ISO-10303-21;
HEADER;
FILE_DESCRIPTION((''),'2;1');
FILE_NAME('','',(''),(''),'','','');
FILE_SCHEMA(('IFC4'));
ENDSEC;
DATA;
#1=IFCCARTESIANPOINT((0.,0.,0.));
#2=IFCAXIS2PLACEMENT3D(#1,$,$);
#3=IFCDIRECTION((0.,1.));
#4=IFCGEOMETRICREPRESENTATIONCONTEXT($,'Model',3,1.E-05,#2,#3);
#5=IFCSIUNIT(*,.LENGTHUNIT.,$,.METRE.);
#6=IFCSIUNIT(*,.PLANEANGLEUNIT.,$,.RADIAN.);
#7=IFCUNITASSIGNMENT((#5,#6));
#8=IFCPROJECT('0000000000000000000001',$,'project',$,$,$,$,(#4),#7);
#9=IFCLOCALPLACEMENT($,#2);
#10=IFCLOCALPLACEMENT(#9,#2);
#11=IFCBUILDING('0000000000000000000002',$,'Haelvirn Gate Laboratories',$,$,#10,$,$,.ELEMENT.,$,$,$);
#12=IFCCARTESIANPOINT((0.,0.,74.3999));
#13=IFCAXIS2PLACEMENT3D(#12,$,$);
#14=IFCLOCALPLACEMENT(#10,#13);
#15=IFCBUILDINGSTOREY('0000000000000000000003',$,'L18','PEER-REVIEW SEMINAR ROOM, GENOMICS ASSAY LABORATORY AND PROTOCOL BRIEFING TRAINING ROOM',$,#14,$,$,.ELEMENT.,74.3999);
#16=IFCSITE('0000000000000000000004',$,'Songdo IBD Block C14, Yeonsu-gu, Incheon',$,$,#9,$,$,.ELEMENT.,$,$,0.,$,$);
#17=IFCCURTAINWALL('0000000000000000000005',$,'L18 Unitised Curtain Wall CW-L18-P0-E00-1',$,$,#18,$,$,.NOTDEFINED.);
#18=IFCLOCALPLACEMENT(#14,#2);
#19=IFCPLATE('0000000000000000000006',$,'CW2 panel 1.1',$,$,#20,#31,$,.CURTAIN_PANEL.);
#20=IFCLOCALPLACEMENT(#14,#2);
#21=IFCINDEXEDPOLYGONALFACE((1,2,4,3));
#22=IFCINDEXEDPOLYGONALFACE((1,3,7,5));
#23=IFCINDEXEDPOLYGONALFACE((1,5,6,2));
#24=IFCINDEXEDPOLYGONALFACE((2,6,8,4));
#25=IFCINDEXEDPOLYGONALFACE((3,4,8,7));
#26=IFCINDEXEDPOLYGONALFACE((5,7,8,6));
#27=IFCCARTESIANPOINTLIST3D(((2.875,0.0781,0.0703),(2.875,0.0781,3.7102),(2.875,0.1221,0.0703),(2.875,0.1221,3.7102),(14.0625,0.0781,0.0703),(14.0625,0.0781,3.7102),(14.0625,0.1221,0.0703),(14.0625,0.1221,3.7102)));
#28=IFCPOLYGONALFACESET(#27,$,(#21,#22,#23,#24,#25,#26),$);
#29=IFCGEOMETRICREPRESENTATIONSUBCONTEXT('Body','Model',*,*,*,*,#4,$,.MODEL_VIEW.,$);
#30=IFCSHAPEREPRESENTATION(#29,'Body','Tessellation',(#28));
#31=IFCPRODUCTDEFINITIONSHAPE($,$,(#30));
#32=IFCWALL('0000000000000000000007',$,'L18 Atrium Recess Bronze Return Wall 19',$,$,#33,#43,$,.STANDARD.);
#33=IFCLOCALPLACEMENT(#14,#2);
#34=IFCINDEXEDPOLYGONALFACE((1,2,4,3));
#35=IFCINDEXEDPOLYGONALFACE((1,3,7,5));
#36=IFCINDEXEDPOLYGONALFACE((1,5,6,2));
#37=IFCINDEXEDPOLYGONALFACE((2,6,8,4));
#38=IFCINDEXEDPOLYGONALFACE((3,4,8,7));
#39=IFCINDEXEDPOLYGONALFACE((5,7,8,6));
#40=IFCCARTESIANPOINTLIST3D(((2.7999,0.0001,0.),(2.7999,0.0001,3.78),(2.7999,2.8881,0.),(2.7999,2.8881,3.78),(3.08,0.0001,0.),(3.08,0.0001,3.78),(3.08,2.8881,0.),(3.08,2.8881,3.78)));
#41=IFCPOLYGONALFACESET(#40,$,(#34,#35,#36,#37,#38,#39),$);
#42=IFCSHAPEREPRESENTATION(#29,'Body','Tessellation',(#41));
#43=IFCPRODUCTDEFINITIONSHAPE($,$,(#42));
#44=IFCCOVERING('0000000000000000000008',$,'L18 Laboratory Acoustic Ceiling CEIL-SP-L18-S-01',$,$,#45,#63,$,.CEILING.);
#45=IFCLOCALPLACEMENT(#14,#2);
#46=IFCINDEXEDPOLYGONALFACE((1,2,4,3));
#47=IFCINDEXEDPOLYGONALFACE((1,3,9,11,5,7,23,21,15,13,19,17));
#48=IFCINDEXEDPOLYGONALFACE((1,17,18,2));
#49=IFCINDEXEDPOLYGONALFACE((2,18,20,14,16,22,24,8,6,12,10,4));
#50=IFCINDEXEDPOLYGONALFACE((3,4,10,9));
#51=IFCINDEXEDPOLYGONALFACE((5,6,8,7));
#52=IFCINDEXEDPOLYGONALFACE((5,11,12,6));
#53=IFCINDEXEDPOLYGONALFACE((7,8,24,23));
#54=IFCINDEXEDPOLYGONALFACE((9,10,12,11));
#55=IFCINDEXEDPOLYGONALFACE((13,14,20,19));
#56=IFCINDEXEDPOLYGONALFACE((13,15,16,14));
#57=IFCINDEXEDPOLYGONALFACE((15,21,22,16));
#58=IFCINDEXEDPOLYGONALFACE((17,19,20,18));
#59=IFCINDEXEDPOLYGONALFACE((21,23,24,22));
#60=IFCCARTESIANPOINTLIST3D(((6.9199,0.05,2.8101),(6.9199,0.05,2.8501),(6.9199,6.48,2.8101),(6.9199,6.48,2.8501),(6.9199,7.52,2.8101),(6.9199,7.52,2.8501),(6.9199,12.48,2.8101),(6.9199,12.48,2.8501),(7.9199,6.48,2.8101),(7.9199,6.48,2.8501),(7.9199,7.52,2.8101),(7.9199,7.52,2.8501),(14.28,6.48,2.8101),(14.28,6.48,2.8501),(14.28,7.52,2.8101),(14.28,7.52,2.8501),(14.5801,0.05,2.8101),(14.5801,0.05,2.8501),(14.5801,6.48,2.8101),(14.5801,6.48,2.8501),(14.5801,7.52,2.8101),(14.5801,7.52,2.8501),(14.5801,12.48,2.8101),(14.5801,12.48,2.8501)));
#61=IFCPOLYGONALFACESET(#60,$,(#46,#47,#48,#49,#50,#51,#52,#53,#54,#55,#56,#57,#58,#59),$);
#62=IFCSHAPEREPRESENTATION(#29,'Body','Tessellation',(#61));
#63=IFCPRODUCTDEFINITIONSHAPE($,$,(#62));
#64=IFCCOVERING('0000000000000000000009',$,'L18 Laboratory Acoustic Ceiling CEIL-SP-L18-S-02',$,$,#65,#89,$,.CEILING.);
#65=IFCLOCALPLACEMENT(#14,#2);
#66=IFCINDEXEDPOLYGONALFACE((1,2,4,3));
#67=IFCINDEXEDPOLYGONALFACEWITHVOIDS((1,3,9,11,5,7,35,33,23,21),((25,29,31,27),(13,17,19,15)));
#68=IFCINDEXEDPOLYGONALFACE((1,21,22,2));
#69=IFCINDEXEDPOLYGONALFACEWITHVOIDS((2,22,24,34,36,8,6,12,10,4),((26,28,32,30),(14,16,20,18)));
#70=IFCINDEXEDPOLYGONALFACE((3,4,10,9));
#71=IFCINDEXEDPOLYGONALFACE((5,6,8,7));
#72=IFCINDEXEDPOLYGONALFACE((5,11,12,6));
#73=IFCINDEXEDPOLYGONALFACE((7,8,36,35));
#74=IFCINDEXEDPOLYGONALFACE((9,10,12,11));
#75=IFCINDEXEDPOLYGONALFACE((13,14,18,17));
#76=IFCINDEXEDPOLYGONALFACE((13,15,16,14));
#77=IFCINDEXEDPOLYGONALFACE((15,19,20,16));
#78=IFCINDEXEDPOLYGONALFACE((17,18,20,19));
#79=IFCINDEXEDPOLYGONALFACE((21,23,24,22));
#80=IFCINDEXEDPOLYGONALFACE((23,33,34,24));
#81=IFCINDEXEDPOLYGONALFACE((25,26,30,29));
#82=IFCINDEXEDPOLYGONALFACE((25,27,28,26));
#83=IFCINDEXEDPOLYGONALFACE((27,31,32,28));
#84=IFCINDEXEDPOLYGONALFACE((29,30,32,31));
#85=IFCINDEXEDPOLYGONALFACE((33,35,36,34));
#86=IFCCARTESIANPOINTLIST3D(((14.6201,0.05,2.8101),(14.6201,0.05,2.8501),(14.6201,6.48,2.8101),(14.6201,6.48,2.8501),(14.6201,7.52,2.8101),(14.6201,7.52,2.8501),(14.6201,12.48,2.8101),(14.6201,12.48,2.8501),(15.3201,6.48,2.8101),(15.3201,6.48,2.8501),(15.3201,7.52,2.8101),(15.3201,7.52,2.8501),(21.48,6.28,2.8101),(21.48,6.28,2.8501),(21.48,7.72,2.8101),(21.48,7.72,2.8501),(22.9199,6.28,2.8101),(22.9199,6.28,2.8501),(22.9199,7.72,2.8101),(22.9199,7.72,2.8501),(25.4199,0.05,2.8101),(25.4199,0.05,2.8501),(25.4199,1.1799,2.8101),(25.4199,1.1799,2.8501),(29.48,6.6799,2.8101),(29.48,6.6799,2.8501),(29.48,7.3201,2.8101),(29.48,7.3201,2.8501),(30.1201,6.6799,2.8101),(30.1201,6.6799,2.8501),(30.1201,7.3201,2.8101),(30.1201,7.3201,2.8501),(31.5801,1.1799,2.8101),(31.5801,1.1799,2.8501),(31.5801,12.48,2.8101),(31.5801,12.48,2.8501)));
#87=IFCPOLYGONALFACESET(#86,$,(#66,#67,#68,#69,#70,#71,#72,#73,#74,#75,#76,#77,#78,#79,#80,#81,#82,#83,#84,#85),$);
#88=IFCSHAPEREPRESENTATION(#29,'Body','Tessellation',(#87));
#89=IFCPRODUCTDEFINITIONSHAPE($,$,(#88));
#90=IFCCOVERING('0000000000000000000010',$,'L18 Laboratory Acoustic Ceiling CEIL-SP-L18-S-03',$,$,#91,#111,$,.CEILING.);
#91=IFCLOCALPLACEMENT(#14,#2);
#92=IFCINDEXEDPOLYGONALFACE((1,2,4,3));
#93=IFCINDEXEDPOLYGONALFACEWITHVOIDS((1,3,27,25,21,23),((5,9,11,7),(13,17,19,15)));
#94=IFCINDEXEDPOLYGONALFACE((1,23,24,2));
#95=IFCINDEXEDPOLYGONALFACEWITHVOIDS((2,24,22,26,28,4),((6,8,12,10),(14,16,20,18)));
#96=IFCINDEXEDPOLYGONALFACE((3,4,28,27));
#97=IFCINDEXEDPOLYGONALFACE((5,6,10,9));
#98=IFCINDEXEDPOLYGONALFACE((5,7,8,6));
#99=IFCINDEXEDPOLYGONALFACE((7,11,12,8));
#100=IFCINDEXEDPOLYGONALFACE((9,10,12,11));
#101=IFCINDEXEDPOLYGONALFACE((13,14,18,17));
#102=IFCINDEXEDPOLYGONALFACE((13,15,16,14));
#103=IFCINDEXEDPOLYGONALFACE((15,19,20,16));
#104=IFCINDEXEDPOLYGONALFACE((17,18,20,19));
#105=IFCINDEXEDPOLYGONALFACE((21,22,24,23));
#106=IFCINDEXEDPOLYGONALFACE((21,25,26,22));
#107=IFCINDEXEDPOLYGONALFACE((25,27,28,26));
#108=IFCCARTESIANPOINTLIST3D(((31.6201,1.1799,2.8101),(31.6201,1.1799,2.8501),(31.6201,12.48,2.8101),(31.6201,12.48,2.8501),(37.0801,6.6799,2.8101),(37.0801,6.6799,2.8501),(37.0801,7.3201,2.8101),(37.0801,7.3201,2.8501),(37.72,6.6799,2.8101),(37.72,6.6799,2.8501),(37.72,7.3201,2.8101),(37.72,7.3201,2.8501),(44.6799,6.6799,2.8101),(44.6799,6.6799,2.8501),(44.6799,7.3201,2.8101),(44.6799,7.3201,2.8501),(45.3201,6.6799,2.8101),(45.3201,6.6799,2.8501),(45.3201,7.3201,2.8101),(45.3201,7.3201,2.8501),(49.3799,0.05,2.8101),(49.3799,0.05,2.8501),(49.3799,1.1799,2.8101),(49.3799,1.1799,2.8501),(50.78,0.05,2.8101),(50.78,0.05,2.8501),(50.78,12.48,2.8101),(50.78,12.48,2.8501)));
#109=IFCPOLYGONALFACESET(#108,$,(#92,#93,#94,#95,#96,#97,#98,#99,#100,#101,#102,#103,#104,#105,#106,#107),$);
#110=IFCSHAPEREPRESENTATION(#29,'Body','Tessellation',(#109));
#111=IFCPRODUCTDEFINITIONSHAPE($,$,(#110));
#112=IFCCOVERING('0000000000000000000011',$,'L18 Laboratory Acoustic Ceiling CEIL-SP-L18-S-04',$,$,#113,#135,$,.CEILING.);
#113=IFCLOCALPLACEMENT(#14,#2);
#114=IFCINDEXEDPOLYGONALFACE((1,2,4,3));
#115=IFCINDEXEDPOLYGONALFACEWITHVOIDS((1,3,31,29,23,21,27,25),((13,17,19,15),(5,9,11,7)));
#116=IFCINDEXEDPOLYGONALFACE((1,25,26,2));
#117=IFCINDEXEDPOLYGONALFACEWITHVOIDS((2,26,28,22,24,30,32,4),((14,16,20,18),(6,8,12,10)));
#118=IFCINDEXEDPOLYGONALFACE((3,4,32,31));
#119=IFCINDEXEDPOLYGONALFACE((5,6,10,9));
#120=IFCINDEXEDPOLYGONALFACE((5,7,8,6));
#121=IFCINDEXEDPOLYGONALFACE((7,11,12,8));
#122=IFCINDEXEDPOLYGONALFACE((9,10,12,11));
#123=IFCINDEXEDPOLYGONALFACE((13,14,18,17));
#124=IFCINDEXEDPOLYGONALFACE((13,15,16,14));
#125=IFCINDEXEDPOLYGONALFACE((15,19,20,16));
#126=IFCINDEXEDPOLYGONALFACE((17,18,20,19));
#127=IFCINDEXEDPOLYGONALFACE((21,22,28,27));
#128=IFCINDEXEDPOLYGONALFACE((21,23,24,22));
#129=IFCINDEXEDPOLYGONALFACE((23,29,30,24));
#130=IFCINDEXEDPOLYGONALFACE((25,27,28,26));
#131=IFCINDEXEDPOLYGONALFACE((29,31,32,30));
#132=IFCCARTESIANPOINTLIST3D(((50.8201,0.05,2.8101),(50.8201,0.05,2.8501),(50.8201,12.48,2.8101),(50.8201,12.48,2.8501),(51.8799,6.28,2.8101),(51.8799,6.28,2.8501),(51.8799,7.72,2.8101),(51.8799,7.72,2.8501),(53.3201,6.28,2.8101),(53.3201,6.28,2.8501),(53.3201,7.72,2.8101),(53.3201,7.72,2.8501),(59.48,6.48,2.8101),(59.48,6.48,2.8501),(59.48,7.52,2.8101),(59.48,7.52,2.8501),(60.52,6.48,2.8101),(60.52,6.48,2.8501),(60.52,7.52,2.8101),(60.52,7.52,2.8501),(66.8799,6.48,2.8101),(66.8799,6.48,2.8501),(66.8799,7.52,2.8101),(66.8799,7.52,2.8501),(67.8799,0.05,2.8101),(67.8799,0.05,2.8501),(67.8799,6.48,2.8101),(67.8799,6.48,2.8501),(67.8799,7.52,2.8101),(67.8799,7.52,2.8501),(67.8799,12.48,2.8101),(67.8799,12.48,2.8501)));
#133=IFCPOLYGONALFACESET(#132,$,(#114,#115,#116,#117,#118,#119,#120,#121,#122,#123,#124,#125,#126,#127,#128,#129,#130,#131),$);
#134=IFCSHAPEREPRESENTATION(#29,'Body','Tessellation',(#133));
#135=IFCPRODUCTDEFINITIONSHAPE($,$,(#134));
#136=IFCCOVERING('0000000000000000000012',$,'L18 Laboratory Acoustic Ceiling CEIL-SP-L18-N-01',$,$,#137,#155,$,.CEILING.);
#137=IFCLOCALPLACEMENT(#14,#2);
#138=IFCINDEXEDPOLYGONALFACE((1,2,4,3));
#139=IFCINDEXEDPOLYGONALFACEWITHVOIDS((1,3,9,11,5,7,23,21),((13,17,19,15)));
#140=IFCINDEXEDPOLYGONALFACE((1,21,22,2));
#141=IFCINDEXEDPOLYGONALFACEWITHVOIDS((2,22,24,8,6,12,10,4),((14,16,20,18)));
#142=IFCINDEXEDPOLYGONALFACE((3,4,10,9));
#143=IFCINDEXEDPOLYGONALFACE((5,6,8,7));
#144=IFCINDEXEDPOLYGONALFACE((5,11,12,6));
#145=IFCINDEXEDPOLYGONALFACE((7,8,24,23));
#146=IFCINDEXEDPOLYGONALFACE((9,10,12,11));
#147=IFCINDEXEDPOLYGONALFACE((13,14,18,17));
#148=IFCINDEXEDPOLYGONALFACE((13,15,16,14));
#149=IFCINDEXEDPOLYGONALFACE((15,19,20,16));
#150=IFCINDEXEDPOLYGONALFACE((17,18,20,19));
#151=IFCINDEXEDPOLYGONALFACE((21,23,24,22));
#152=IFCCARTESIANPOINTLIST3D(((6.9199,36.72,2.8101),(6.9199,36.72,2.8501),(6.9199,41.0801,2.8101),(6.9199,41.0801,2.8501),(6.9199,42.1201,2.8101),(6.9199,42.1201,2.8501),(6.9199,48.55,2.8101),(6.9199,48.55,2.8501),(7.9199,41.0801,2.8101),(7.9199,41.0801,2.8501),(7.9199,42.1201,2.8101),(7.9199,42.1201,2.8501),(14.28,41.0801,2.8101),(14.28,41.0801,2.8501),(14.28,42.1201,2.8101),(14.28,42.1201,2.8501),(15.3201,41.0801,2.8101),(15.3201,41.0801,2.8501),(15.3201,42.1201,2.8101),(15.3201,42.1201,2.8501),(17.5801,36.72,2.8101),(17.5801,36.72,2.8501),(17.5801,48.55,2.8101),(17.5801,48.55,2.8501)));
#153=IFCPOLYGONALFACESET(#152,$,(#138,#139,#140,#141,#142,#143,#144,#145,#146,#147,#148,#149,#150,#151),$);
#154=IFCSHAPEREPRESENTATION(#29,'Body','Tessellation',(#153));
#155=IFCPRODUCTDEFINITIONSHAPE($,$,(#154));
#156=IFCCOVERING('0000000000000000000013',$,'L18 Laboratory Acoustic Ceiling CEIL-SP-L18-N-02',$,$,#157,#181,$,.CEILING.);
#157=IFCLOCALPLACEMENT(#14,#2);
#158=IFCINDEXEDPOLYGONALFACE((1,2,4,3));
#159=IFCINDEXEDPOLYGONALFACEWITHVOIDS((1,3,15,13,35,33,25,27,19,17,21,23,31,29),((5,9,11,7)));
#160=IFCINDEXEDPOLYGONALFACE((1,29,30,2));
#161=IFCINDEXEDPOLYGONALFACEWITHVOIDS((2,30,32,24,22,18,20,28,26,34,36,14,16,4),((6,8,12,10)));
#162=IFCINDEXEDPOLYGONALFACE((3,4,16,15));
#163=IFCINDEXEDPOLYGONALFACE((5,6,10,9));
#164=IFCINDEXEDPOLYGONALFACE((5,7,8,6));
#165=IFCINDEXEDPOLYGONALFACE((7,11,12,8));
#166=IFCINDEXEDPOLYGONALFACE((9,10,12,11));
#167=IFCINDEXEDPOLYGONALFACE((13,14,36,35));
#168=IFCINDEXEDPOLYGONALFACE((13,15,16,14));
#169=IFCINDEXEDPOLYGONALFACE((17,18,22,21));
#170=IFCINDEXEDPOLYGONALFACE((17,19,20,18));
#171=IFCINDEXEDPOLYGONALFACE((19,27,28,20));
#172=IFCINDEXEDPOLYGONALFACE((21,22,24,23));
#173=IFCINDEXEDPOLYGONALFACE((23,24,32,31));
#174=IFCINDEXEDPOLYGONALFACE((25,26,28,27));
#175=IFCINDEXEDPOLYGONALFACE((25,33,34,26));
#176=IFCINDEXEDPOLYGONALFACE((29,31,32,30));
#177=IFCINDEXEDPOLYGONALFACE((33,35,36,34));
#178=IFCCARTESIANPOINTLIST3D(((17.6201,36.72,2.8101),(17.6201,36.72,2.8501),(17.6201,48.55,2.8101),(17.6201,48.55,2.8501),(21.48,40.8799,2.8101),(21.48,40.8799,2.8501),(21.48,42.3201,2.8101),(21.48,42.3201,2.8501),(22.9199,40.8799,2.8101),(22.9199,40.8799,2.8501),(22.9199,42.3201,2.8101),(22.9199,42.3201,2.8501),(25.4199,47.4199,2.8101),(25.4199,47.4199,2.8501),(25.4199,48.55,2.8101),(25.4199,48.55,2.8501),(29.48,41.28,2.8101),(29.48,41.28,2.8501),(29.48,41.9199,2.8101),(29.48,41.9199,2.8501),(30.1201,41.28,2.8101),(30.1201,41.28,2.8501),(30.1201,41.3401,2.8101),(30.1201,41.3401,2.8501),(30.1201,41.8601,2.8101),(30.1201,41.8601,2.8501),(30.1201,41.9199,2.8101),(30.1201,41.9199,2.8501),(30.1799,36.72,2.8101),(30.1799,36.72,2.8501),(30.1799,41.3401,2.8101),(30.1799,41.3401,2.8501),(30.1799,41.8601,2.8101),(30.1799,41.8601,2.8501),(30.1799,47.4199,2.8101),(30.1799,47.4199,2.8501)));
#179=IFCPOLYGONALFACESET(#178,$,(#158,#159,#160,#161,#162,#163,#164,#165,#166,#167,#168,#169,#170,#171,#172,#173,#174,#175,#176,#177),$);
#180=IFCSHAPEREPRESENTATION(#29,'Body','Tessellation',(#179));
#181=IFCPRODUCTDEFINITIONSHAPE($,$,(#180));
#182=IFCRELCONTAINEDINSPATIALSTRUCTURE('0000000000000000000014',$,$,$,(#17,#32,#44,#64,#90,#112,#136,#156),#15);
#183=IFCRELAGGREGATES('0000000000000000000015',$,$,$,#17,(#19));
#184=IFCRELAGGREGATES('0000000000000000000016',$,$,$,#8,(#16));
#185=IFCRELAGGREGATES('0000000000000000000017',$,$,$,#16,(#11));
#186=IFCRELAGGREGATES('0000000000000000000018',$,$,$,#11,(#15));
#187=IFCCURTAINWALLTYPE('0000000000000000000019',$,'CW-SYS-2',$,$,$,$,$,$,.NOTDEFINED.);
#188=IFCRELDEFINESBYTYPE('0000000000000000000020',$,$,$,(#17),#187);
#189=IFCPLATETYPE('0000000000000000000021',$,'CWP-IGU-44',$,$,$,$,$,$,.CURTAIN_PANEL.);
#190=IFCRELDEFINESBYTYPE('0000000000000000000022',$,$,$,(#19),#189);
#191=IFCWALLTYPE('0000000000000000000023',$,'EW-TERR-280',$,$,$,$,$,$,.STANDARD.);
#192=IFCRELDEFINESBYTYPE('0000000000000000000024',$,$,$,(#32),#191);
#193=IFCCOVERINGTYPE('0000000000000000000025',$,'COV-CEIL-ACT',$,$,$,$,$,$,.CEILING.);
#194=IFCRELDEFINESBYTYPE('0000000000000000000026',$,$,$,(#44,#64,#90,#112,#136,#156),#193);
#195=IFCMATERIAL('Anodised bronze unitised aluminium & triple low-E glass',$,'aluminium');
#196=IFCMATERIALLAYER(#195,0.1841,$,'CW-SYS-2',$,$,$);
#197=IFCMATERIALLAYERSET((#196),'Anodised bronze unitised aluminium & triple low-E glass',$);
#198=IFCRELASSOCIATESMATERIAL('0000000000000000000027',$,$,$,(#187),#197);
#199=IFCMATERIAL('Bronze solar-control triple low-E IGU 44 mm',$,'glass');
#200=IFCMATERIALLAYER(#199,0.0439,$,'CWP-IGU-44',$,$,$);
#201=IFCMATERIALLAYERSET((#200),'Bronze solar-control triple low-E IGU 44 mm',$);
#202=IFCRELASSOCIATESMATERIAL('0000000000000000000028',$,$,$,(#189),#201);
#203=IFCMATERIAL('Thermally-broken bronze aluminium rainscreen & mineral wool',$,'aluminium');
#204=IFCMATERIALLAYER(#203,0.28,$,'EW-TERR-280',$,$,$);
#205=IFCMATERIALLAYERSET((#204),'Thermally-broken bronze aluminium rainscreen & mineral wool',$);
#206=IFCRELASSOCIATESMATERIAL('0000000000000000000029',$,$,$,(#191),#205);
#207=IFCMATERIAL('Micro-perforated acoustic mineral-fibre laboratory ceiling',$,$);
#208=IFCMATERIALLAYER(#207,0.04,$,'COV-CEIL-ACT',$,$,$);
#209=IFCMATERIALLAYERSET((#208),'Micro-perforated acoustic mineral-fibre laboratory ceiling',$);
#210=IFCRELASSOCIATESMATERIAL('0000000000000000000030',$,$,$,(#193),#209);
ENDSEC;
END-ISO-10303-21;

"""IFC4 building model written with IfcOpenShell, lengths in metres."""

from ifc_helpers import new_model, si_unit, direction, frame, frame_2d, origin, origin_2d, place, context, subcontext, project, spatial, polyline, rectangle, outline, extrude, source, transform, mapped, material, layer, layer_set, type_object, type_shapes, element, aggregate, save


model = new_model("IFC4")

# Units and contexts
model_context = context("Model", 3, precision=1e-05, world=origin(), true_north=direction((0.0, 1.0)))
body_context = subcontext(model_context, "Body", "Model", "MODEL_VIEW")
ifc_project = project(units=[si_unit("LENGTHUNIT", "METRE"), si_unit("PLANEANGLEUNIT", "RADIAN")], contexts=[model_context])

# Site, building, storey
site_placement = place(None, origin())
site = spatial("IfcSite", under=ifc_project, at=site_placement, Name="Songdo IBD Block C14, Yeonsu-gu, Incheon", CompositionType="ELEMENT", RefElevation=0.0)
building_placement = place(site_placement, origin())
building = spatial("IfcBuilding", under=site, at=building_placement, Name="Haelvirn Gate Laboratories", CompositionType="ELEMENT")
storey_placement = place(building_placement, frame((0.0, 0.0, 74.3999)))
storey = spatial("IfcBuildingStorey", under=building, at=storey_placement, Name="L18", Description="PEER-REVIEW SEMINAR ROOM, GENOMICS ASSAY LABORATORY AND PROTOCOL BRIEFING TRAINING ROOM", CompositionType="ELEMENT", Elevation=74.3999)

# Curtain wall
ifc_material_1 = material(Name="Anodised bronze unitised aluminium & triple low-E glass", Category="aluminium")
ifc_layer_1 = layer(ifc_material_1, 0.1841, Name="CW-SYS-2")
ifc_layer_set_1 = layer_set([ifc_layer_1], Name="Anodised bronze unitised aluminium & triple low-E glass")
curtain_wall_type = type_object("IfcCurtainWallType", Name="CW-SYS-2", PredefinedType="NOTDEFINED", material=ifc_layer_set_1)
curtain_wall_1_placement = place(storey_placement, origin())
curtain_wall_1 = element("IfcCurtainWall", 1, at=curtain_wall_1_placement, inside=storey, type_object=curtain_wall_type, Name="L18 Unitised Curtain Wall CW-L18-P0-E00-1", PredefinedType="NOTDEFINED")

# Plate
ifc_material_2 = material(Name="Bronze solar-control triple low-E IGU 44 mm", Category="glass")
ifc_layer_2 = layer(ifc_material_2, 0.0439, Name="CWP-IGU-44")
ifc_layer_set_2 = layer_set([ifc_layer_2], Name="Bronze solar-control triple low-E IGU 44 mm")
plate_type = type_object("IfcPlateType", Name="CWP-IGU-44", PredefinedType="CURTAIN_PANEL", material=ifc_layer_set_2)
shared_shape_1 = source(origin(), body_context, "Body", "SweptSolid", [
    extrude(rectangle(XDim=11.1875, YDim=0.0439, at=origin_2d()), origin(), (0.0, 0.0, 1.0), 3.6399),
])
type_shapes(plate_type, [shared_shape_1])
plate_placement = place(storey_placement, frame((8.4688, 0.1001, 0.0703), z_axis=(0.0, 0.0, 1.0), x_axis=(1.0, 0.0, 0.0)))
plate = element("IfcPlate", 2, at=plate_placement, type_object=plate_type, Name="CW2 panel 1.1", PredefinedType="CURTAIN_PANEL", context=body_context, shape_type="MappedRepresentation", body=[
    mapped(shared_shape_1, transform((0.0, 0.0, 0.0), scale=1.0)),
])
aggregate(curtain_wall_1, [plate])

# Wall
ifc_material_3 = material(Name="Thermally-broken bronze aluminium rainscreen & mineral wool", Category="aluminium")
ifc_layer_3 = layer(ifc_material_3, 0.28, Name="EW-TERR-280")
ifc_layer_set_3 = layer_set([ifc_layer_3], Name="Thermally-broken bronze aluminium rainscreen & mineral wool")
wall_type = type_object("IfcWallType", Name="EW-TERR-280", PredefinedType="STANDARD", material=ifc_layer_set_3)
wall_placement = place(storey_placement, frame((2.9399, 2.8879, 0.0), z_axis=(0.0, 0.0, 1.0), x_axis=(0.0, -1.0, 0.0)))
element("IfcWall", 3, at=wall_placement, inside=storey, type_object=wall_type, Name="L18 Atrium Recess Bronze Return Wall 19", PredefinedType="STANDARD", context=body_context, shape_type="SweptSolid", body=[
    extrude(rectangle(XDim=2.8879, YDim=0.28, at=frame_2d((1.4438, 0.0))), origin(), (0.0, 0.0, 1.0), 3.78),
])

# Coverings
ifc_material_4 = material(Name="Micro-perforated acoustic mineral-fibre laboratory ceiling")
ifc_layer_4 = layer(ifc_material_4, 0.04, Name="COV-CEIL-ACT")
ifc_layer_set_4 = layer_set([ifc_layer_4], Name="Micro-perforated acoustic mineral-fibre laboratory ceiling")
covering_type = type_object("IfcCoveringType", Name="COV-CEIL-ACT", PredefinedType="CEILING", material=ifc_layer_set_4)
covering_1_placement = place(storey_placement, frame((0.0, 0.0, 2.8101)))
element("IfcCovering", 4, at=covering_1_placement, inside=storey, type_object=covering_type, Name="L18 Laboratory Acoustic Ceiling CEIL-SP-L18-S-01", PredefinedType="CEILING", context=body_context, shape_type="SweptSolid", body=[
    extrude(outline(polyline([(6.9199, 0.05), (6.9199, 6.48), (7.9199, 6.48), (7.9199, 7.52), (6.9199, 7.52), (6.9199, 12.48), (14.5801, 12.48), (14.5801, 7.52), (14.28, 7.52), (14.28, 6.48), (14.5801, 6.48), (14.5801, 0.05), (6.9199, 0.05)])), origin(), (0.0, 0.0, 1.0), 0.04),
])
covering_2_placement = place(storey_placement, frame((0.0, 0.0, 2.8101)))
element("IfcCovering", 5, at=covering_2_placement, inside=storey, type_object=covering_type, Name="L18 Laboratory Acoustic Ceiling CEIL-SP-L18-S-02", PredefinedType="CEILING", context=body_context, shape_type="SweptSolid", body=[
    extrude(outline(polyline([(31.5801, 1.1799), (25.4199, 1.1799), (25.4199, 0.05), (14.6201, 0.05), (14.6201, 6.48), (15.3201, 6.48), (15.3201, 7.52), (14.6201, 7.52), (14.6201, 12.48), (31.5801, 12.48), (31.5801, 1.1799)]), holes=[polyline([(21.48, 7.72), (21.48, 6.28), (22.9199, 6.28), (22.9199, 7.72), (21.48, 7.72)]), polyline([(30.1201, 7.3201), (29.48, 7.3201), (29.48, 6.6799), (30.1201, 6.6799), (30.1201, 7.3201)])]), origin(), (0.0, 0.0, 1.0), 0.04),
])
covering_3_placement = place(storey_placement, frame((0.0, 0.0, 2.8101)))
element("IfcCovering", 6, at=covering_3_placement, inside=storey, type_object=covering_type, Name="L18 Laboratory Acoustic Ceiling CEIL-SP-L18-S-03", PredefinedType="CEILING", context=body_context, shape_type="SweptSolid", body=[
    extrude(outline(polyline([(31.6201, 1.1799), (31.6201, 12.48), (50.78, 12.48), (50.78, 0.05), (49.3799, 0.05), (49.3799, 1.1799), (31.6201, 1.1799)]), holes=[polyline([(37.0801, 7.3201), (37.0801, 6.6799), (37.72, 6.6799), (37.72, 7.3201), (37.0801, 7.3201)]), polyline([(45.3201, 7.3201), (44.6799, 7.3201), (44.6799, 6.6799), (45.3201, 6.6799), (45.3201, 7.3201)])]), origin(), (0.0, 0.0, 1.0), 0.04),
])
covering_4_placement = place(storey_placement, frame((0.0, 0.0, 2.8101)))
element("IfcCovering", 7, at=covering_4_placement, inside=storey, type_object=covering_type, Name="L18 Laboratory Acoustic Ceiling CEIL-SP-L18-S-04", PredefinedType="CEILING", context=body_context, shape_type="SweptSolid", body=[
    extrude(outline(polyline([(67.8799, 0.05), (50.8201, 0.05), (50.8201, 12.48), (67.8799, 12.48), (67.8799, 7.52), (66.8799, 7.52), (66.8799, 6.48), (67.8799, 6.48), (67.8799, 0.05)]), holes=[polyline([(51.8799, 6.28), (53.3201, 6.28), (53.3201, 7.72), (51.8799, 7.72), (51.8799, 6.28)]), polyline([(59.48, 7.52), (59.48, 6.48), (60.52, 6.48), (60.52, 7.52), (59.48, 7.52)])]), origin(), (0.0, 0.0, 1.0), 0.04),
])
covering_5_placement = place(storey_placement, frame((0.0, 0.0, 2.8101)))
element("IfcCovering", 8, at=covering_5_placement, inside=storey, type_object=covering_type, Name="L18 Laboratory Acoustic Ceiling CEIL-SP-L18-N-01", PredefinedType="CEILING", context=body_context, shape_type="SweptSolid", body=[
    extrude(outline(polyline([(6.9199, 41.0801), (7.9199, 41.0801), (7.9199, 42.1201), (6.9199, 42.1201), (6.9199, 48.55), (17.5801, 48.55), (17.5801, 36.72), (6.9199, 36.72), (6.9199, 41.0801)]), holes=[polyline([(14.28, 42.1201), (14.28, 41.0801), (15.3201, 41.0801), (15.3201, 42.1201), (14.28, 42.1201)])]), origin(), (0.0, 0.0, 1.0), 0.04),
])
covering_6_placement = place(storey_placement, frame((0.0, 0.0, 2.8101)))
element("IfcCovering", 9, at=covering_6_placement, inside=storey, type_object=covering_type, Name="L18 Laboratory Acoustic Ceiling CEIL-SP-L18-N-02", PredefinedType="CEILING", context=body_context, shape_type="SweptSolid", body=[
    extrude(outline(polyline([(30.1799, 41.8601), (30.1201, 41.8601), (30.1201, 41.9199), (29.48, 41.9199), (29.48, 41.28), (30.1201, 41.28), (30.1201, 41.3401), (30.1799, 41.3401), (30.1799, 36.72), (17.6201, 36.72), (17.6201, 48.55), (25.4199, 48.55), (25.4199, 47.4199), (30.1799, 47.4199), (30.1799, 41.8601)]), holes=[polyline([(21.48, 42.3201), (21.48, 40.8799), (22.9199, 40.8799), (22.9199, 42.3201), (21.48, 42.3201)])]), origin(), (0.0, 0.0, 1.0), 0.04),
])

save(model, "model.ifc")
